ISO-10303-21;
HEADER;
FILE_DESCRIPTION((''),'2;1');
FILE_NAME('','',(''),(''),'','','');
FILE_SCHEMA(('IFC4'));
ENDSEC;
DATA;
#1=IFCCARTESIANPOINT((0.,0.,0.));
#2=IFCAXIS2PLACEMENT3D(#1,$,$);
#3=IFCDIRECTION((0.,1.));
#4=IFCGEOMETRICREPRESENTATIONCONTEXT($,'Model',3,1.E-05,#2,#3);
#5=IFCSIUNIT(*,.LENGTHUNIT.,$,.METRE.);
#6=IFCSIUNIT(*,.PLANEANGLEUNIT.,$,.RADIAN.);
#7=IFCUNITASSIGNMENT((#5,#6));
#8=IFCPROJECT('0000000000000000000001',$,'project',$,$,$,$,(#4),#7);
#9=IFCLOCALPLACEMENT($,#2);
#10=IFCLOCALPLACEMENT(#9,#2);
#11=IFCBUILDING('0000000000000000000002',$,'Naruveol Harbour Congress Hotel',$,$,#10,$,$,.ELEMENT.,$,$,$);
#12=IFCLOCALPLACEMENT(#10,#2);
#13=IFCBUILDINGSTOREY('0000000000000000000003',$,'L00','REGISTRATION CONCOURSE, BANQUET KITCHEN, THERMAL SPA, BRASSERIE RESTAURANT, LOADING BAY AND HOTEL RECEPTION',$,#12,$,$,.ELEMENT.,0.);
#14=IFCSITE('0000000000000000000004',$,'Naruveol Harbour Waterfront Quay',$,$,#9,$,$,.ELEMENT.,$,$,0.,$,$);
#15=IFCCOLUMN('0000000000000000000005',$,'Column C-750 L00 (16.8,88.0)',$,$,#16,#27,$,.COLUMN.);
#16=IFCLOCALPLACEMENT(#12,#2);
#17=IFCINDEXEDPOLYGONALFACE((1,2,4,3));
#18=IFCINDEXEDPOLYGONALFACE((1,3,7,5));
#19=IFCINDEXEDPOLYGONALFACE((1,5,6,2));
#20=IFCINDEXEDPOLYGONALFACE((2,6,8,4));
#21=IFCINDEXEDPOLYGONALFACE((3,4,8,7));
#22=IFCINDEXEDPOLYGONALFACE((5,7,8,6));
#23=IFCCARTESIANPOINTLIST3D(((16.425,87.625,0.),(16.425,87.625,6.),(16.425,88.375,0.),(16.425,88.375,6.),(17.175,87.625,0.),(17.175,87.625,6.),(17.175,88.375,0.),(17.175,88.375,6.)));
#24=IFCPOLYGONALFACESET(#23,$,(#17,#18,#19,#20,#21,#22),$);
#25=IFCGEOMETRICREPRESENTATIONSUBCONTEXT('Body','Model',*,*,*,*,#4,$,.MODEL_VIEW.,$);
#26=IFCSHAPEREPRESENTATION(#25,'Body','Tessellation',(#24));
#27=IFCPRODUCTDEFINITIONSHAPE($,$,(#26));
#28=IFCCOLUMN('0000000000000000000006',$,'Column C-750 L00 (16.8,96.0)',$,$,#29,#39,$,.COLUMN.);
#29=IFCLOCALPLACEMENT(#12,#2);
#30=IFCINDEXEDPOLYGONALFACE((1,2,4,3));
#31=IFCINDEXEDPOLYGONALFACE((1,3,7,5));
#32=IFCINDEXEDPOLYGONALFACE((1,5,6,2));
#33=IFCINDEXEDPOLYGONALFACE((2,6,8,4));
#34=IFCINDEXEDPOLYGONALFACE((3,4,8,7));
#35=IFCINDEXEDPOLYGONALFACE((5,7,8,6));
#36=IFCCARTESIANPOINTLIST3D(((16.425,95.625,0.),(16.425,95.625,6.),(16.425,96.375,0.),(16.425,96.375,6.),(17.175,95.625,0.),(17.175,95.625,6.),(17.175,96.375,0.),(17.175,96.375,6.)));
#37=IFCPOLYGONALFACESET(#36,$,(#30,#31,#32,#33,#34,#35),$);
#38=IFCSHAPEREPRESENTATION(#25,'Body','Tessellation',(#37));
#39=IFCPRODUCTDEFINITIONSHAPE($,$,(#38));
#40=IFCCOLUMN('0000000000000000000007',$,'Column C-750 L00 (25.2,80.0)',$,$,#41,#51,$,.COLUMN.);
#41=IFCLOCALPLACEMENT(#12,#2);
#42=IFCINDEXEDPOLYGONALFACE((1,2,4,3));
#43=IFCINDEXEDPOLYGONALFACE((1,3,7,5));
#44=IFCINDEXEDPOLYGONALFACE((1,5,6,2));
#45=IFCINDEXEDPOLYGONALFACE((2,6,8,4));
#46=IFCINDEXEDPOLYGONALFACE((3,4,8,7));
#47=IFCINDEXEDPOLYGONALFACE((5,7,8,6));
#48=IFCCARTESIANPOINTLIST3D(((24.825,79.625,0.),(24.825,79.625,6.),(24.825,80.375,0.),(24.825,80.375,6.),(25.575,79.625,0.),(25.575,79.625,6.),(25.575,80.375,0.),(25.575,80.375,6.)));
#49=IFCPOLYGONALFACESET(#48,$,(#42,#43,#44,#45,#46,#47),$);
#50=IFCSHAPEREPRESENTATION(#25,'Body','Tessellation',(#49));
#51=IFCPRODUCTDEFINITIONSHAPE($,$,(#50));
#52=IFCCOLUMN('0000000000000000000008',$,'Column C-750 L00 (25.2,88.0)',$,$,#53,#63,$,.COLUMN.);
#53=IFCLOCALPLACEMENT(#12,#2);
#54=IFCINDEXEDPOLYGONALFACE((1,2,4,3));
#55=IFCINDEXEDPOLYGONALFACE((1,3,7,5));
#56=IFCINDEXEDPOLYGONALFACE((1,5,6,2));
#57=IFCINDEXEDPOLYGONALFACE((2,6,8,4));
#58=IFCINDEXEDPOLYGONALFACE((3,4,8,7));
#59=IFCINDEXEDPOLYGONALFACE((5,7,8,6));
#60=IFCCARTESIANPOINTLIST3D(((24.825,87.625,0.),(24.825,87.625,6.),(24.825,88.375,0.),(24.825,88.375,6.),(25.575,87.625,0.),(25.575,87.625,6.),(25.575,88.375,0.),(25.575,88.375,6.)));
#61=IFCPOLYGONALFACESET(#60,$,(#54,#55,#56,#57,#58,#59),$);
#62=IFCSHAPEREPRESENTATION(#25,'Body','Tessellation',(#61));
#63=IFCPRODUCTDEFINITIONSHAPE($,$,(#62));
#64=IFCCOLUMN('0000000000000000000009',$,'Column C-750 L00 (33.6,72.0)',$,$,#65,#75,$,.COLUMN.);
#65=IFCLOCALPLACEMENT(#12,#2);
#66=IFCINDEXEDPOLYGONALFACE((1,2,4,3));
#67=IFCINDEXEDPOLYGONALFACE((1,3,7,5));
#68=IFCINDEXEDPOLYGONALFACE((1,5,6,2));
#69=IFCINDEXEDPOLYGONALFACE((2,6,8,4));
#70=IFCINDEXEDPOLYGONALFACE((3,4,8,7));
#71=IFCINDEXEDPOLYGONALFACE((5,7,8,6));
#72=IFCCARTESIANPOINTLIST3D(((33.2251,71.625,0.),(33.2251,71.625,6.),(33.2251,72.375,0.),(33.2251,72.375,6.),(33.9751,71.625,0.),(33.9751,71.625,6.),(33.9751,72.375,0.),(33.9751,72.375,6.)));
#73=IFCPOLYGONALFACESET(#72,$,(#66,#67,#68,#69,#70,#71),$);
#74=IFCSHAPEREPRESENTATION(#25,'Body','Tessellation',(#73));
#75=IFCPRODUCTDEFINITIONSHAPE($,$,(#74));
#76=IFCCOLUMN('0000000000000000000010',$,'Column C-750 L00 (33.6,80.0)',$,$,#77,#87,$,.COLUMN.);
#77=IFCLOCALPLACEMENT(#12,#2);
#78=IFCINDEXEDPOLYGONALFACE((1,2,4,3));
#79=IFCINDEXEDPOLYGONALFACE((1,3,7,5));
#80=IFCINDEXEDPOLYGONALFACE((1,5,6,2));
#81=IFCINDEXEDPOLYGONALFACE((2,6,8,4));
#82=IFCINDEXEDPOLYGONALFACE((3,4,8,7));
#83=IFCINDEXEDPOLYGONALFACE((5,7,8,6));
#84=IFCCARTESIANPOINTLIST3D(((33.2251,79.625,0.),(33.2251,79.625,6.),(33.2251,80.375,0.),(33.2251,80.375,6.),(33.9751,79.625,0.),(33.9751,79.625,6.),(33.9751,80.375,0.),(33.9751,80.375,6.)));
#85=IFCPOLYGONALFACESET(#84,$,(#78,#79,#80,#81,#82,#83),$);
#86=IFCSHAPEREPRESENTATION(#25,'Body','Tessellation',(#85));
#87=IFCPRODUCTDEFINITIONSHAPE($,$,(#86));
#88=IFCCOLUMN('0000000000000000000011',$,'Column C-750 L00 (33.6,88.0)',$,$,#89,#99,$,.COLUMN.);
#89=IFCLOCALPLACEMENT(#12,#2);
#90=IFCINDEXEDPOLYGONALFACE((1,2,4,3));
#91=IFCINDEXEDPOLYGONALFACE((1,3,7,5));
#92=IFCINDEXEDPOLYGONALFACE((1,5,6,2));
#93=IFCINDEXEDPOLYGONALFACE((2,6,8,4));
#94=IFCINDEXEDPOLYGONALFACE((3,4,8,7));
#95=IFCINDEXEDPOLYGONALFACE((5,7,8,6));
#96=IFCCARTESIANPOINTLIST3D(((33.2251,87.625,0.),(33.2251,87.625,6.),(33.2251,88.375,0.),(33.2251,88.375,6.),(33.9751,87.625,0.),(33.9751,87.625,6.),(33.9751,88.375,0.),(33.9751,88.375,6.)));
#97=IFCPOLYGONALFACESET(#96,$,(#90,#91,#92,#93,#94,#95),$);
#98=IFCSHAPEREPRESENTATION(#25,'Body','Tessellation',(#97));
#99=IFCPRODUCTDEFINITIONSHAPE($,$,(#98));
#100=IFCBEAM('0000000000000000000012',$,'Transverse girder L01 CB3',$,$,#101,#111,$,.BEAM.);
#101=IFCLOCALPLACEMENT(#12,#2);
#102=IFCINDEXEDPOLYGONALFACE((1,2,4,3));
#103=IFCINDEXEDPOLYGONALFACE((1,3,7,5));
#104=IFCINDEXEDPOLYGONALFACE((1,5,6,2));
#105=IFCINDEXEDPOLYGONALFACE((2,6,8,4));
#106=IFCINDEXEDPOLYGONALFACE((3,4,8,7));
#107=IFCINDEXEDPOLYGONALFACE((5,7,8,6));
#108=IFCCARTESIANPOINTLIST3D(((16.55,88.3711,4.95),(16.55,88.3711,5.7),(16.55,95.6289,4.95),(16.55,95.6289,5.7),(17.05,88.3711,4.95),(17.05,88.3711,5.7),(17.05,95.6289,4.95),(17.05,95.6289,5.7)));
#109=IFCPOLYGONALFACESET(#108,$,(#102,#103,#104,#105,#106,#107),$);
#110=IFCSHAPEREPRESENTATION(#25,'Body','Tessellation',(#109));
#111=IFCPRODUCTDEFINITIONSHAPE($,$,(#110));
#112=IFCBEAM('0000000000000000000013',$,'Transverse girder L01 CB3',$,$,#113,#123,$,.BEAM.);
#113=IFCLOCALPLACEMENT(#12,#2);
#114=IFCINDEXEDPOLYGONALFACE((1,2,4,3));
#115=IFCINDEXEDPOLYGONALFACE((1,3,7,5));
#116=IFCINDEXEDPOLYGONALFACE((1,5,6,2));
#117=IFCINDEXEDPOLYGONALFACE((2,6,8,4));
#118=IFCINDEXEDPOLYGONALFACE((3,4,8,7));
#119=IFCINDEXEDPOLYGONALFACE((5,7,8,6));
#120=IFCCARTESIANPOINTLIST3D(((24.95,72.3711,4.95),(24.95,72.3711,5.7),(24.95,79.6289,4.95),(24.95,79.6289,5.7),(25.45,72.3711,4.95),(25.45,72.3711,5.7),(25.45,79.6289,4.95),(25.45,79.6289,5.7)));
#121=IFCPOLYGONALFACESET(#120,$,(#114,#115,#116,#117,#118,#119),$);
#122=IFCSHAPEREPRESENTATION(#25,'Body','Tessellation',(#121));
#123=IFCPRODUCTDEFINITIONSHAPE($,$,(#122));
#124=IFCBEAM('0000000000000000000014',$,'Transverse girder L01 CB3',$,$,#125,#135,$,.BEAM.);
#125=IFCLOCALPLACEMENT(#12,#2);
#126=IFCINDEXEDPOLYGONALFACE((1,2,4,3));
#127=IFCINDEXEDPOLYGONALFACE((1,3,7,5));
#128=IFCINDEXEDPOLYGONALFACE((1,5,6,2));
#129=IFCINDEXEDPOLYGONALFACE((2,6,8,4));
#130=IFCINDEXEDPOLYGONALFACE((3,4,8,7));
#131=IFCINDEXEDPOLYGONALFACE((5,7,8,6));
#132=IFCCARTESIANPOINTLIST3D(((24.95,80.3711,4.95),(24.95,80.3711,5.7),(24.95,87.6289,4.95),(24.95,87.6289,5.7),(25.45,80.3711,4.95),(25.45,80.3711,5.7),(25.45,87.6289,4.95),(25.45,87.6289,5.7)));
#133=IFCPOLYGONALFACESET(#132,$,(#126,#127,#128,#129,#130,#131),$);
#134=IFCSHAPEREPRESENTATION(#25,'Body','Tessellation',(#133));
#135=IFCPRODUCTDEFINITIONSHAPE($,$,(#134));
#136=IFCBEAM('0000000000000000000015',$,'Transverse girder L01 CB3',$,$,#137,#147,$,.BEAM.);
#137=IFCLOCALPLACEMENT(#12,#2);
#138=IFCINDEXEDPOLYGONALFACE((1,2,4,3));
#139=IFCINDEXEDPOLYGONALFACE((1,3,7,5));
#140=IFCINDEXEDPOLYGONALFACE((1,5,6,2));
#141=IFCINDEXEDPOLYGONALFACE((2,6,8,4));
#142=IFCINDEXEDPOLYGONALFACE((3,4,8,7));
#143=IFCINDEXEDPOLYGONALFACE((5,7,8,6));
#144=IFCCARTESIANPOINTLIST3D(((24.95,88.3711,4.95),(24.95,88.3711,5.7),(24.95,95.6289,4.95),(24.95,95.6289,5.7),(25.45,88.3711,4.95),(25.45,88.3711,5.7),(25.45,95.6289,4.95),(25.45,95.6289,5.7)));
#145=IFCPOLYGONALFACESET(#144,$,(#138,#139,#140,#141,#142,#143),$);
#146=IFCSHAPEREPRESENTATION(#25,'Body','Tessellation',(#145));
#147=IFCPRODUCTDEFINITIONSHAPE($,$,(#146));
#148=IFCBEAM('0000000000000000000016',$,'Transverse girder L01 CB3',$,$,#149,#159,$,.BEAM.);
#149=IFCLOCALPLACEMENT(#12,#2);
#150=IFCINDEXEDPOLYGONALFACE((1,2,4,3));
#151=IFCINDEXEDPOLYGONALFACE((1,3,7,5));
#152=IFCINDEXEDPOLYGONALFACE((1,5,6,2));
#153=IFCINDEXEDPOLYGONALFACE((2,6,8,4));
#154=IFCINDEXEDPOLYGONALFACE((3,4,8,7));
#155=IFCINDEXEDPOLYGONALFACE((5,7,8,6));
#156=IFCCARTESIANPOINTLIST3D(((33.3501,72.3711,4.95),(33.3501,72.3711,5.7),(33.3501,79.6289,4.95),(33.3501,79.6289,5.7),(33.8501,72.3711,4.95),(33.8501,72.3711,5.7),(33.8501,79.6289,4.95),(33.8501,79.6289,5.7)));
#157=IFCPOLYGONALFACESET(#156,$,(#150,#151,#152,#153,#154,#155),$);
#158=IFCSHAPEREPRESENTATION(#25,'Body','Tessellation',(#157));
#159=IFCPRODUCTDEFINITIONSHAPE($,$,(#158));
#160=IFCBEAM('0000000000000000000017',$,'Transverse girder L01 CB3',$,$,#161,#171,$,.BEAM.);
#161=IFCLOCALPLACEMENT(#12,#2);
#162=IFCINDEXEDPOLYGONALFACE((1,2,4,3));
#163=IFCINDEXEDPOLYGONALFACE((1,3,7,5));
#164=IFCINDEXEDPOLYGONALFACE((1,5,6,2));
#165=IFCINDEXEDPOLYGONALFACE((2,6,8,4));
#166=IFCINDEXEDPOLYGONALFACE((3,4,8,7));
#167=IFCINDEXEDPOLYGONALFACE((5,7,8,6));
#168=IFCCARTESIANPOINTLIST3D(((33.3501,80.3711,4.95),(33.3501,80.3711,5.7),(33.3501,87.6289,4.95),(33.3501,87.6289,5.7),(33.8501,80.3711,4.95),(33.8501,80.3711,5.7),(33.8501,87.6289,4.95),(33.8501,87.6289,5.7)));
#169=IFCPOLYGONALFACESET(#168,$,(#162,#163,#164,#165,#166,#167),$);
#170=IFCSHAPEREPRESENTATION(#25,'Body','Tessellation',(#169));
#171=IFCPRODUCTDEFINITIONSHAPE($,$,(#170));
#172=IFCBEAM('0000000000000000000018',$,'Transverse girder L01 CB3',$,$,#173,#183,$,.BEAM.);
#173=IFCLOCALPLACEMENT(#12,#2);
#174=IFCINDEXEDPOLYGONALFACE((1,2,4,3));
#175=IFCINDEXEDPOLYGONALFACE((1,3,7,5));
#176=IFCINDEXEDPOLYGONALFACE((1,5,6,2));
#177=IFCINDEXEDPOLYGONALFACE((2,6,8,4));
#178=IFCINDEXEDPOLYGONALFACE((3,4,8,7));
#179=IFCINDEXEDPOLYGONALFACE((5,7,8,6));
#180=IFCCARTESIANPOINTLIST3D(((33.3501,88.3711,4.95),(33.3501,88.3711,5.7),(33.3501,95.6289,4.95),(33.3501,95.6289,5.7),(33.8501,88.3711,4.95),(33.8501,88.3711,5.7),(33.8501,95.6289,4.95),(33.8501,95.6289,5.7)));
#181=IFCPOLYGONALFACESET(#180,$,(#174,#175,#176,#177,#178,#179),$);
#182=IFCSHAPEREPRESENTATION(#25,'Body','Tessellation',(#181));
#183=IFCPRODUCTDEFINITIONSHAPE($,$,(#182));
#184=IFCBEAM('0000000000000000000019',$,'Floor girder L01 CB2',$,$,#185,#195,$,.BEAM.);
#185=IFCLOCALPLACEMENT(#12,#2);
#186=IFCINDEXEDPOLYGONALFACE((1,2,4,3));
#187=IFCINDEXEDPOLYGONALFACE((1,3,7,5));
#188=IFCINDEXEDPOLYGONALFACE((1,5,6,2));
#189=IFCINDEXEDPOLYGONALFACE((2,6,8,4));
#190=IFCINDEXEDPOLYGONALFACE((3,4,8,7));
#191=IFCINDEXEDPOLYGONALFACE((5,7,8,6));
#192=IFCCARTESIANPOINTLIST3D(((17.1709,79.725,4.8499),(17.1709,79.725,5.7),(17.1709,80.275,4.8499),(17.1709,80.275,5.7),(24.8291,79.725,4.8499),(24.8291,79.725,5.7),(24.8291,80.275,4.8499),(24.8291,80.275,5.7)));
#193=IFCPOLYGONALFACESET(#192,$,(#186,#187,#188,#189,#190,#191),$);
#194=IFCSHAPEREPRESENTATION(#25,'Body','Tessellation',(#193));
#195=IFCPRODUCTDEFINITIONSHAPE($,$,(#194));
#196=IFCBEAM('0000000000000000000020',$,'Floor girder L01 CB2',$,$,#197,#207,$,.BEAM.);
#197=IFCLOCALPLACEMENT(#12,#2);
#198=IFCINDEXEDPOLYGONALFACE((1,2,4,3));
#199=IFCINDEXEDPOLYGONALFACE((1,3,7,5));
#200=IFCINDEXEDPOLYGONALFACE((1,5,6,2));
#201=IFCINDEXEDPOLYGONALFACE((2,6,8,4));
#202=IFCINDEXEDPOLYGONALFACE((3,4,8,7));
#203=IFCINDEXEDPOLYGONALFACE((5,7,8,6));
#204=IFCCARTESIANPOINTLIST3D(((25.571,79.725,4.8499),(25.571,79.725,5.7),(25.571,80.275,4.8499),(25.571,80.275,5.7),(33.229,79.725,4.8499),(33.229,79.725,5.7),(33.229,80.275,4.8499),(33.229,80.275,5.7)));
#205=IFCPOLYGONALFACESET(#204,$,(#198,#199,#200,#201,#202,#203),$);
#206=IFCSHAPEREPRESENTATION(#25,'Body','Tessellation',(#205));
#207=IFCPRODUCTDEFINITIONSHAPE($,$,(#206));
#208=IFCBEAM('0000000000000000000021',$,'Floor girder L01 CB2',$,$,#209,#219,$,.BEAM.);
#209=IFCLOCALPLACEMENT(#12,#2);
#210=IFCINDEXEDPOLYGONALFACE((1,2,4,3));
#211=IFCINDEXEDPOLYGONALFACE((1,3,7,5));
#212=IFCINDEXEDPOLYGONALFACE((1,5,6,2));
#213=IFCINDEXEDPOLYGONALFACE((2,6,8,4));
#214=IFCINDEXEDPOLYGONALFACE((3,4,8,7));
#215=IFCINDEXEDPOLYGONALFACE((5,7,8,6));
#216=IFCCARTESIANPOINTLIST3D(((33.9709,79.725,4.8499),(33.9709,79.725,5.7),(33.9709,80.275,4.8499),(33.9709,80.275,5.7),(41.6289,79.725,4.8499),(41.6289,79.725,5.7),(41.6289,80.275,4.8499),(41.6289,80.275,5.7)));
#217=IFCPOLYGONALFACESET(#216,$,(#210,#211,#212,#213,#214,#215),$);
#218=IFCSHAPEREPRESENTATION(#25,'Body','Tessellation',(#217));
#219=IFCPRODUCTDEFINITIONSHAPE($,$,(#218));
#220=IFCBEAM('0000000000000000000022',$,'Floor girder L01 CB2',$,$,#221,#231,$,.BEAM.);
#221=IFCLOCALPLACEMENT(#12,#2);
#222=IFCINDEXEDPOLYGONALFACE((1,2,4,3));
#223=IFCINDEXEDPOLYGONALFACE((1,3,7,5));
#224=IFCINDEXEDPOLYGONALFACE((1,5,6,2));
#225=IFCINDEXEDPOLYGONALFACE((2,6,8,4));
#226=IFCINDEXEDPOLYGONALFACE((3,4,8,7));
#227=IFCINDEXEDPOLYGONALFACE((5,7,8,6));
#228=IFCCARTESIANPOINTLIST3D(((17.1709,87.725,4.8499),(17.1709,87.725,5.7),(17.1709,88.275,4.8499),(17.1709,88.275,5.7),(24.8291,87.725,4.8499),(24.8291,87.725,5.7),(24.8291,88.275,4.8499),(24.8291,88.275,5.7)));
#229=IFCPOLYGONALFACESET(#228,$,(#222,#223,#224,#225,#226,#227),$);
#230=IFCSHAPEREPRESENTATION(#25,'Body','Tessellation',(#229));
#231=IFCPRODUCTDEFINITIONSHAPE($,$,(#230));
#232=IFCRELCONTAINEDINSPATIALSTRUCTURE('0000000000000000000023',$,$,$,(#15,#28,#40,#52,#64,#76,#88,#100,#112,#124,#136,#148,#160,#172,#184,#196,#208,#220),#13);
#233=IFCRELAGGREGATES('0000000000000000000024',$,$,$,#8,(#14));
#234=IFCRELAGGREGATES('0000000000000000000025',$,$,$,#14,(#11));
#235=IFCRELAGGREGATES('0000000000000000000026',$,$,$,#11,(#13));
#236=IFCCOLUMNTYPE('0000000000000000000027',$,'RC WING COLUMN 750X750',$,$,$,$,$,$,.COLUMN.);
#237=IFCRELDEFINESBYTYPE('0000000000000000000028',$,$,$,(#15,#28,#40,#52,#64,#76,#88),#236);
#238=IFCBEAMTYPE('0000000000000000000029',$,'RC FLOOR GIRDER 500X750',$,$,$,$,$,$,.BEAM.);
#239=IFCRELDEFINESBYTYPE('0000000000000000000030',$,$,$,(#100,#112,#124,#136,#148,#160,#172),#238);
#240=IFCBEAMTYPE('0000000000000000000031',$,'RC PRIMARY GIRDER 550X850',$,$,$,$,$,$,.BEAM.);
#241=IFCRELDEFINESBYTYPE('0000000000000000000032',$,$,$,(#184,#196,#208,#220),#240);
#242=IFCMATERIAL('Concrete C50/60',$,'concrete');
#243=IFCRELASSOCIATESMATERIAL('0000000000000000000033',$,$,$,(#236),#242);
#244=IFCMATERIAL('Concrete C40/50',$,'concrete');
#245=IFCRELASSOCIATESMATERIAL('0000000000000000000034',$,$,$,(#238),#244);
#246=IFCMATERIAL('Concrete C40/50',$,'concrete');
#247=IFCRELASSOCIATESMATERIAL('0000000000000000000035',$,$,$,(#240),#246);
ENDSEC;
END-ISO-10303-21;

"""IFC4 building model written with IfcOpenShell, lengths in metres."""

from ifc_helpers import new_model, si_unit, direction, frame, origin, origin_2d, place, context, subcontext, project, spatial, rectangle, extrude, material, material_profile, profile_set, type_object, element, save


model = new_model("IFC4")

# Units and contexts
model_context = context("Model", 3, precision=1e-05, world=origin(), true_north=direction((0.0, 1.0)))
body_context = subcontext(model_context, "Body", "Model", "MODEL_VIEW")
ifc_project = project(units=[si_unit("LENGTHUNIT", "METRE"), si_unit("PLANEANGLEUNIT", "RADIAN")], contexts=[model_context])

# Site, building, storey
site_placement = place(None, origin())
site = spatial("IfcSite", under=ifc_project, at=site_placement, Name="Naruveol Harbour Waterfront Quay", CompositionType="ELEMENT", RefElevation=0.0)
building_placement = place(site_placement, origin())
building = spatial("IfcBuilding", under=site, at=building_placement, Name="Naruveol Harbour Congress Hotel", CompositionType="ELEMENT")
storey_placement = place(building_placement, origin())
storey = spatial("IfcBuildingStorey", under=building, at=storey_placement, Name="L00", Description="REGISTRATION CONCOURSE, BANQUET KITCHEN, THERMAL SPA, BRASSERIE RESTAURANT, LOADING BAY AND HOTEL RECEPTION", CompositionType="ELEMENT", Elevation=0.0)

# Columns
ifc_material_1 = material(Name="Concrete C50/60", Category="concrete")
ifc_material_profile_1 = material_profile(ifc_material_1, rectangle(XDim=0.75, YDim=0.75, at=origin_2d()), Name="RC-750x750")
ifc_profile_set_1 = profile_set([ifc_material_profile_1], Name="Concrete C50/60")
column_type = type_object("IfcColumnType", Name="RC WING COLUMN 750X750", PredefinedType="COLUMN", material=ifc_profile_set_1)
for number, where, z_axis, x_axis, name in (
    (1, (16.8, 88.0, 0.0), (0.0, 0.0, 1.0), (1.0, 0.0, 0.0), "Column C-750 L00 (16.8,88.0)"),
    (2, (16.8, 96.0, 0.0), (0.0, 0.0, 1.0), (1.0, 0.0, 0.0), "Column C-750 L00 (16.8,96.0)"),
    (3, (25.2, 80.0, 0.0), (0.0, 0.0, 1.0), (1.0, 0.0, 0.0), "Column C-750 L00 (25.2,80.0)"),
    (4, (25.2, 88.0, 0.0), (0.0, 0.0, 1.0), (1.0, 0.0, 0.0), "Column C-750 L00 (25.2,88.0)"),
    (5, (33.6001, 72.0, 0.0), (0.0, 0.0, 1.0), (1.0, 0.0, 0.0), "Column C-750 L00 (33.6,72.0)"),
    (6, (33.6001, 80.0, 0.0), (0.0, 0.0, 1.0), (1.0, 0.0, 0.0), "Column C-750 L00 (33.6,80.0)"),
    (7, (33.6001, 88.0, 0.0), (0.0, 0.0, 1.0), (1.0, 0.0, 0.0), "Column C-750 L00 (33.6,88.0)"),
):
    element("IfcColumn", number, at=place(storey_placement, frame(where, z_axis=z_axis, x_axis=x_axis)), inside=storey, type_object=column_type, Name=name, PredefinedType="COLUMN", context=body_context, shape_type="SweptSolid", body=[
        extrude(rectangle(XDim=0.75, YDim=0.75, at=origin_2d()), origin(), (0.0, 0.0, 1.0), 6.0),
    ])

# Beams
ifc_material_2 = material(Name="Concrete C40/50", Category="concrete")
ifc_material_profile_2 = material_profile(ifc_material_2, rectangle(XDim=0.5, YDim=0.75, at=origin_2d()), Name="RCB-500x750")
ifc_profile_set_2 = profile_set([ifc_material_profile_2], Name="Concrete C40/50")
beam_type_1 = type_object("IfcBeamType", Name="RC FLOOR GIRDER 500X750", PredefinedType="BEAM", material=ifc_profile_set_2)
for number, where, z_axis, x_axis, name in (
    (8, (16.8, 88.3711, 5.325), (0.0, 1.0, 0.0), (-1.0, 0.0, 0.0), "Transverse girder L01 CB3"),
    (9, (25.2, 72.3711, 5.325), (0.0, 1.0, 0.0), (-1.0, 0.0, 0.0), "Transverse girder L01 CB3"),
    (10, (25.2, 80.3711, 5.325), (0.0, 1.0, 0.0), (-1.0, 0.0, 0.0), "Transverse girder L01 CB3"),
    (11, (25.2, 88.3711, 5.325), (0.0, 1.0, 0.0), (-1.0, 0.0, 0.0), "Transverse girder L01 CB3"),
    (12, (33.6001, 72.3711, 5.325), (0.0, 1.0, 0.0), (-1.0, 0.0, 0.0), "Transverse girder L01 CB3"),
    (13, (33.6001, 80.3711, 5.325), (0.0, 1.0, 0.0), (-1.0, 0.0, 0.0), "Transverse girder L01 CB3"),
    (14, (33.6001, 88.3711, 5.325), (0.0, 1.0, 0.0), (-1.0, 0.0, 0.0), "Transverse girder L01 CB3"),
):
    element("IfcBeam", number, at=place(storey_placement, frame(where, z_axis=z_axis, x_axis=x_axis)), inside=storey, type_object=beam_type_1, Name=name, PredefinedType="BEAM", context=body_context, shape_type="SweptSolid", body=[
        extrude(rectangle(XDim=0.5, YDim=0.75, at=origin_2d()), origin(), (0.0, 0.0, 1.0), 7.2578),
    ])
ifc_material_3 = material(Name="Concrete C40/50", Category="concrete")
ifc_material_profile_3 = material_profile(ifc_material_3, rectangle(XDim=0.55, YDim=0.8501, at=origin_2d()), Name="RCB-550x850")
ifc_profile_set_3 = profile_set([ifc_material_profile_3], Name="Concrete C40/50")
beam_type_2 = type_object("IfcBeamType", Name="RC PRIMARY GIRDER 550X850", PredefinedType="BEAM", material=ifc_profile_set_3)
beam_1_placement = place(storey_placement, frame((17.1709, 80.0, 5.2749), z_axis=(1.0, 0.0, 0.0), x_axis=(0.0, 1.0, 0.0)))
element("IfcBeam", 15, at=beam_1_placement, inside=storey, type_object=beam_type_2, Name="Floor girder L01 CB2", PredefinedType="BEAM", context=body_context, shape_type="SweptSolid", body=[
    extrude(rectangle(XDim=0.55, YDim=0.8501, at=origin_2d()), origin(), (0.0, 0.0, 1.0), 7.6582),
])
for number, where, z_axis, x_axis, name in (
    (16, (25.571, 80.0, 5.2749), (1.0, 0.0, 0.0), (0.0, 1.0, 0.0), "Floor girder L01 CB2"),
    (17, (33.9709, 80.0, 5.2749), (1.0, 0.0, 0.0), (0.0, 1.0, 0.0), "Floor girder L01 CB2"),
):
    element("IfcBeam", number, at=place(storey_placement, frame(where, z_axis=z_axis, x_axis=x_axis)), inside=storey, type_object=beam_type_2, Name=name, PredefinedType="BEAM", context=body_context, shape_type="SweptSolid", body=[
        extrude(rectangle(XDim=0.55, YDim=0.8501, at=origin_2d()), origin(), (0.0, 0.0, 1.0), 7.658),
    ])
beam_2_placement = place(storey_placement, frame((17.1709, 88.0, 5.2749), z_axis=(1.0, 0.0, 0.0), x_axis=(0.0, 1.0, 0.0)))
element("IfcBeam", 18, at=beam_2_placement, inside=storey, type_object=beam_type_2, Name="Floor girder L01 CB2", PredefinedType="BEAM", context=body_context, shape_type="SweptSolid", body=[
    extrude(rectangle(XDim=0.55, YDim=0.8501, at=origin_2d()), origin(), (0.0, 0.0, 1.0), 7.6582),
])

save(model, "model.ifc")
